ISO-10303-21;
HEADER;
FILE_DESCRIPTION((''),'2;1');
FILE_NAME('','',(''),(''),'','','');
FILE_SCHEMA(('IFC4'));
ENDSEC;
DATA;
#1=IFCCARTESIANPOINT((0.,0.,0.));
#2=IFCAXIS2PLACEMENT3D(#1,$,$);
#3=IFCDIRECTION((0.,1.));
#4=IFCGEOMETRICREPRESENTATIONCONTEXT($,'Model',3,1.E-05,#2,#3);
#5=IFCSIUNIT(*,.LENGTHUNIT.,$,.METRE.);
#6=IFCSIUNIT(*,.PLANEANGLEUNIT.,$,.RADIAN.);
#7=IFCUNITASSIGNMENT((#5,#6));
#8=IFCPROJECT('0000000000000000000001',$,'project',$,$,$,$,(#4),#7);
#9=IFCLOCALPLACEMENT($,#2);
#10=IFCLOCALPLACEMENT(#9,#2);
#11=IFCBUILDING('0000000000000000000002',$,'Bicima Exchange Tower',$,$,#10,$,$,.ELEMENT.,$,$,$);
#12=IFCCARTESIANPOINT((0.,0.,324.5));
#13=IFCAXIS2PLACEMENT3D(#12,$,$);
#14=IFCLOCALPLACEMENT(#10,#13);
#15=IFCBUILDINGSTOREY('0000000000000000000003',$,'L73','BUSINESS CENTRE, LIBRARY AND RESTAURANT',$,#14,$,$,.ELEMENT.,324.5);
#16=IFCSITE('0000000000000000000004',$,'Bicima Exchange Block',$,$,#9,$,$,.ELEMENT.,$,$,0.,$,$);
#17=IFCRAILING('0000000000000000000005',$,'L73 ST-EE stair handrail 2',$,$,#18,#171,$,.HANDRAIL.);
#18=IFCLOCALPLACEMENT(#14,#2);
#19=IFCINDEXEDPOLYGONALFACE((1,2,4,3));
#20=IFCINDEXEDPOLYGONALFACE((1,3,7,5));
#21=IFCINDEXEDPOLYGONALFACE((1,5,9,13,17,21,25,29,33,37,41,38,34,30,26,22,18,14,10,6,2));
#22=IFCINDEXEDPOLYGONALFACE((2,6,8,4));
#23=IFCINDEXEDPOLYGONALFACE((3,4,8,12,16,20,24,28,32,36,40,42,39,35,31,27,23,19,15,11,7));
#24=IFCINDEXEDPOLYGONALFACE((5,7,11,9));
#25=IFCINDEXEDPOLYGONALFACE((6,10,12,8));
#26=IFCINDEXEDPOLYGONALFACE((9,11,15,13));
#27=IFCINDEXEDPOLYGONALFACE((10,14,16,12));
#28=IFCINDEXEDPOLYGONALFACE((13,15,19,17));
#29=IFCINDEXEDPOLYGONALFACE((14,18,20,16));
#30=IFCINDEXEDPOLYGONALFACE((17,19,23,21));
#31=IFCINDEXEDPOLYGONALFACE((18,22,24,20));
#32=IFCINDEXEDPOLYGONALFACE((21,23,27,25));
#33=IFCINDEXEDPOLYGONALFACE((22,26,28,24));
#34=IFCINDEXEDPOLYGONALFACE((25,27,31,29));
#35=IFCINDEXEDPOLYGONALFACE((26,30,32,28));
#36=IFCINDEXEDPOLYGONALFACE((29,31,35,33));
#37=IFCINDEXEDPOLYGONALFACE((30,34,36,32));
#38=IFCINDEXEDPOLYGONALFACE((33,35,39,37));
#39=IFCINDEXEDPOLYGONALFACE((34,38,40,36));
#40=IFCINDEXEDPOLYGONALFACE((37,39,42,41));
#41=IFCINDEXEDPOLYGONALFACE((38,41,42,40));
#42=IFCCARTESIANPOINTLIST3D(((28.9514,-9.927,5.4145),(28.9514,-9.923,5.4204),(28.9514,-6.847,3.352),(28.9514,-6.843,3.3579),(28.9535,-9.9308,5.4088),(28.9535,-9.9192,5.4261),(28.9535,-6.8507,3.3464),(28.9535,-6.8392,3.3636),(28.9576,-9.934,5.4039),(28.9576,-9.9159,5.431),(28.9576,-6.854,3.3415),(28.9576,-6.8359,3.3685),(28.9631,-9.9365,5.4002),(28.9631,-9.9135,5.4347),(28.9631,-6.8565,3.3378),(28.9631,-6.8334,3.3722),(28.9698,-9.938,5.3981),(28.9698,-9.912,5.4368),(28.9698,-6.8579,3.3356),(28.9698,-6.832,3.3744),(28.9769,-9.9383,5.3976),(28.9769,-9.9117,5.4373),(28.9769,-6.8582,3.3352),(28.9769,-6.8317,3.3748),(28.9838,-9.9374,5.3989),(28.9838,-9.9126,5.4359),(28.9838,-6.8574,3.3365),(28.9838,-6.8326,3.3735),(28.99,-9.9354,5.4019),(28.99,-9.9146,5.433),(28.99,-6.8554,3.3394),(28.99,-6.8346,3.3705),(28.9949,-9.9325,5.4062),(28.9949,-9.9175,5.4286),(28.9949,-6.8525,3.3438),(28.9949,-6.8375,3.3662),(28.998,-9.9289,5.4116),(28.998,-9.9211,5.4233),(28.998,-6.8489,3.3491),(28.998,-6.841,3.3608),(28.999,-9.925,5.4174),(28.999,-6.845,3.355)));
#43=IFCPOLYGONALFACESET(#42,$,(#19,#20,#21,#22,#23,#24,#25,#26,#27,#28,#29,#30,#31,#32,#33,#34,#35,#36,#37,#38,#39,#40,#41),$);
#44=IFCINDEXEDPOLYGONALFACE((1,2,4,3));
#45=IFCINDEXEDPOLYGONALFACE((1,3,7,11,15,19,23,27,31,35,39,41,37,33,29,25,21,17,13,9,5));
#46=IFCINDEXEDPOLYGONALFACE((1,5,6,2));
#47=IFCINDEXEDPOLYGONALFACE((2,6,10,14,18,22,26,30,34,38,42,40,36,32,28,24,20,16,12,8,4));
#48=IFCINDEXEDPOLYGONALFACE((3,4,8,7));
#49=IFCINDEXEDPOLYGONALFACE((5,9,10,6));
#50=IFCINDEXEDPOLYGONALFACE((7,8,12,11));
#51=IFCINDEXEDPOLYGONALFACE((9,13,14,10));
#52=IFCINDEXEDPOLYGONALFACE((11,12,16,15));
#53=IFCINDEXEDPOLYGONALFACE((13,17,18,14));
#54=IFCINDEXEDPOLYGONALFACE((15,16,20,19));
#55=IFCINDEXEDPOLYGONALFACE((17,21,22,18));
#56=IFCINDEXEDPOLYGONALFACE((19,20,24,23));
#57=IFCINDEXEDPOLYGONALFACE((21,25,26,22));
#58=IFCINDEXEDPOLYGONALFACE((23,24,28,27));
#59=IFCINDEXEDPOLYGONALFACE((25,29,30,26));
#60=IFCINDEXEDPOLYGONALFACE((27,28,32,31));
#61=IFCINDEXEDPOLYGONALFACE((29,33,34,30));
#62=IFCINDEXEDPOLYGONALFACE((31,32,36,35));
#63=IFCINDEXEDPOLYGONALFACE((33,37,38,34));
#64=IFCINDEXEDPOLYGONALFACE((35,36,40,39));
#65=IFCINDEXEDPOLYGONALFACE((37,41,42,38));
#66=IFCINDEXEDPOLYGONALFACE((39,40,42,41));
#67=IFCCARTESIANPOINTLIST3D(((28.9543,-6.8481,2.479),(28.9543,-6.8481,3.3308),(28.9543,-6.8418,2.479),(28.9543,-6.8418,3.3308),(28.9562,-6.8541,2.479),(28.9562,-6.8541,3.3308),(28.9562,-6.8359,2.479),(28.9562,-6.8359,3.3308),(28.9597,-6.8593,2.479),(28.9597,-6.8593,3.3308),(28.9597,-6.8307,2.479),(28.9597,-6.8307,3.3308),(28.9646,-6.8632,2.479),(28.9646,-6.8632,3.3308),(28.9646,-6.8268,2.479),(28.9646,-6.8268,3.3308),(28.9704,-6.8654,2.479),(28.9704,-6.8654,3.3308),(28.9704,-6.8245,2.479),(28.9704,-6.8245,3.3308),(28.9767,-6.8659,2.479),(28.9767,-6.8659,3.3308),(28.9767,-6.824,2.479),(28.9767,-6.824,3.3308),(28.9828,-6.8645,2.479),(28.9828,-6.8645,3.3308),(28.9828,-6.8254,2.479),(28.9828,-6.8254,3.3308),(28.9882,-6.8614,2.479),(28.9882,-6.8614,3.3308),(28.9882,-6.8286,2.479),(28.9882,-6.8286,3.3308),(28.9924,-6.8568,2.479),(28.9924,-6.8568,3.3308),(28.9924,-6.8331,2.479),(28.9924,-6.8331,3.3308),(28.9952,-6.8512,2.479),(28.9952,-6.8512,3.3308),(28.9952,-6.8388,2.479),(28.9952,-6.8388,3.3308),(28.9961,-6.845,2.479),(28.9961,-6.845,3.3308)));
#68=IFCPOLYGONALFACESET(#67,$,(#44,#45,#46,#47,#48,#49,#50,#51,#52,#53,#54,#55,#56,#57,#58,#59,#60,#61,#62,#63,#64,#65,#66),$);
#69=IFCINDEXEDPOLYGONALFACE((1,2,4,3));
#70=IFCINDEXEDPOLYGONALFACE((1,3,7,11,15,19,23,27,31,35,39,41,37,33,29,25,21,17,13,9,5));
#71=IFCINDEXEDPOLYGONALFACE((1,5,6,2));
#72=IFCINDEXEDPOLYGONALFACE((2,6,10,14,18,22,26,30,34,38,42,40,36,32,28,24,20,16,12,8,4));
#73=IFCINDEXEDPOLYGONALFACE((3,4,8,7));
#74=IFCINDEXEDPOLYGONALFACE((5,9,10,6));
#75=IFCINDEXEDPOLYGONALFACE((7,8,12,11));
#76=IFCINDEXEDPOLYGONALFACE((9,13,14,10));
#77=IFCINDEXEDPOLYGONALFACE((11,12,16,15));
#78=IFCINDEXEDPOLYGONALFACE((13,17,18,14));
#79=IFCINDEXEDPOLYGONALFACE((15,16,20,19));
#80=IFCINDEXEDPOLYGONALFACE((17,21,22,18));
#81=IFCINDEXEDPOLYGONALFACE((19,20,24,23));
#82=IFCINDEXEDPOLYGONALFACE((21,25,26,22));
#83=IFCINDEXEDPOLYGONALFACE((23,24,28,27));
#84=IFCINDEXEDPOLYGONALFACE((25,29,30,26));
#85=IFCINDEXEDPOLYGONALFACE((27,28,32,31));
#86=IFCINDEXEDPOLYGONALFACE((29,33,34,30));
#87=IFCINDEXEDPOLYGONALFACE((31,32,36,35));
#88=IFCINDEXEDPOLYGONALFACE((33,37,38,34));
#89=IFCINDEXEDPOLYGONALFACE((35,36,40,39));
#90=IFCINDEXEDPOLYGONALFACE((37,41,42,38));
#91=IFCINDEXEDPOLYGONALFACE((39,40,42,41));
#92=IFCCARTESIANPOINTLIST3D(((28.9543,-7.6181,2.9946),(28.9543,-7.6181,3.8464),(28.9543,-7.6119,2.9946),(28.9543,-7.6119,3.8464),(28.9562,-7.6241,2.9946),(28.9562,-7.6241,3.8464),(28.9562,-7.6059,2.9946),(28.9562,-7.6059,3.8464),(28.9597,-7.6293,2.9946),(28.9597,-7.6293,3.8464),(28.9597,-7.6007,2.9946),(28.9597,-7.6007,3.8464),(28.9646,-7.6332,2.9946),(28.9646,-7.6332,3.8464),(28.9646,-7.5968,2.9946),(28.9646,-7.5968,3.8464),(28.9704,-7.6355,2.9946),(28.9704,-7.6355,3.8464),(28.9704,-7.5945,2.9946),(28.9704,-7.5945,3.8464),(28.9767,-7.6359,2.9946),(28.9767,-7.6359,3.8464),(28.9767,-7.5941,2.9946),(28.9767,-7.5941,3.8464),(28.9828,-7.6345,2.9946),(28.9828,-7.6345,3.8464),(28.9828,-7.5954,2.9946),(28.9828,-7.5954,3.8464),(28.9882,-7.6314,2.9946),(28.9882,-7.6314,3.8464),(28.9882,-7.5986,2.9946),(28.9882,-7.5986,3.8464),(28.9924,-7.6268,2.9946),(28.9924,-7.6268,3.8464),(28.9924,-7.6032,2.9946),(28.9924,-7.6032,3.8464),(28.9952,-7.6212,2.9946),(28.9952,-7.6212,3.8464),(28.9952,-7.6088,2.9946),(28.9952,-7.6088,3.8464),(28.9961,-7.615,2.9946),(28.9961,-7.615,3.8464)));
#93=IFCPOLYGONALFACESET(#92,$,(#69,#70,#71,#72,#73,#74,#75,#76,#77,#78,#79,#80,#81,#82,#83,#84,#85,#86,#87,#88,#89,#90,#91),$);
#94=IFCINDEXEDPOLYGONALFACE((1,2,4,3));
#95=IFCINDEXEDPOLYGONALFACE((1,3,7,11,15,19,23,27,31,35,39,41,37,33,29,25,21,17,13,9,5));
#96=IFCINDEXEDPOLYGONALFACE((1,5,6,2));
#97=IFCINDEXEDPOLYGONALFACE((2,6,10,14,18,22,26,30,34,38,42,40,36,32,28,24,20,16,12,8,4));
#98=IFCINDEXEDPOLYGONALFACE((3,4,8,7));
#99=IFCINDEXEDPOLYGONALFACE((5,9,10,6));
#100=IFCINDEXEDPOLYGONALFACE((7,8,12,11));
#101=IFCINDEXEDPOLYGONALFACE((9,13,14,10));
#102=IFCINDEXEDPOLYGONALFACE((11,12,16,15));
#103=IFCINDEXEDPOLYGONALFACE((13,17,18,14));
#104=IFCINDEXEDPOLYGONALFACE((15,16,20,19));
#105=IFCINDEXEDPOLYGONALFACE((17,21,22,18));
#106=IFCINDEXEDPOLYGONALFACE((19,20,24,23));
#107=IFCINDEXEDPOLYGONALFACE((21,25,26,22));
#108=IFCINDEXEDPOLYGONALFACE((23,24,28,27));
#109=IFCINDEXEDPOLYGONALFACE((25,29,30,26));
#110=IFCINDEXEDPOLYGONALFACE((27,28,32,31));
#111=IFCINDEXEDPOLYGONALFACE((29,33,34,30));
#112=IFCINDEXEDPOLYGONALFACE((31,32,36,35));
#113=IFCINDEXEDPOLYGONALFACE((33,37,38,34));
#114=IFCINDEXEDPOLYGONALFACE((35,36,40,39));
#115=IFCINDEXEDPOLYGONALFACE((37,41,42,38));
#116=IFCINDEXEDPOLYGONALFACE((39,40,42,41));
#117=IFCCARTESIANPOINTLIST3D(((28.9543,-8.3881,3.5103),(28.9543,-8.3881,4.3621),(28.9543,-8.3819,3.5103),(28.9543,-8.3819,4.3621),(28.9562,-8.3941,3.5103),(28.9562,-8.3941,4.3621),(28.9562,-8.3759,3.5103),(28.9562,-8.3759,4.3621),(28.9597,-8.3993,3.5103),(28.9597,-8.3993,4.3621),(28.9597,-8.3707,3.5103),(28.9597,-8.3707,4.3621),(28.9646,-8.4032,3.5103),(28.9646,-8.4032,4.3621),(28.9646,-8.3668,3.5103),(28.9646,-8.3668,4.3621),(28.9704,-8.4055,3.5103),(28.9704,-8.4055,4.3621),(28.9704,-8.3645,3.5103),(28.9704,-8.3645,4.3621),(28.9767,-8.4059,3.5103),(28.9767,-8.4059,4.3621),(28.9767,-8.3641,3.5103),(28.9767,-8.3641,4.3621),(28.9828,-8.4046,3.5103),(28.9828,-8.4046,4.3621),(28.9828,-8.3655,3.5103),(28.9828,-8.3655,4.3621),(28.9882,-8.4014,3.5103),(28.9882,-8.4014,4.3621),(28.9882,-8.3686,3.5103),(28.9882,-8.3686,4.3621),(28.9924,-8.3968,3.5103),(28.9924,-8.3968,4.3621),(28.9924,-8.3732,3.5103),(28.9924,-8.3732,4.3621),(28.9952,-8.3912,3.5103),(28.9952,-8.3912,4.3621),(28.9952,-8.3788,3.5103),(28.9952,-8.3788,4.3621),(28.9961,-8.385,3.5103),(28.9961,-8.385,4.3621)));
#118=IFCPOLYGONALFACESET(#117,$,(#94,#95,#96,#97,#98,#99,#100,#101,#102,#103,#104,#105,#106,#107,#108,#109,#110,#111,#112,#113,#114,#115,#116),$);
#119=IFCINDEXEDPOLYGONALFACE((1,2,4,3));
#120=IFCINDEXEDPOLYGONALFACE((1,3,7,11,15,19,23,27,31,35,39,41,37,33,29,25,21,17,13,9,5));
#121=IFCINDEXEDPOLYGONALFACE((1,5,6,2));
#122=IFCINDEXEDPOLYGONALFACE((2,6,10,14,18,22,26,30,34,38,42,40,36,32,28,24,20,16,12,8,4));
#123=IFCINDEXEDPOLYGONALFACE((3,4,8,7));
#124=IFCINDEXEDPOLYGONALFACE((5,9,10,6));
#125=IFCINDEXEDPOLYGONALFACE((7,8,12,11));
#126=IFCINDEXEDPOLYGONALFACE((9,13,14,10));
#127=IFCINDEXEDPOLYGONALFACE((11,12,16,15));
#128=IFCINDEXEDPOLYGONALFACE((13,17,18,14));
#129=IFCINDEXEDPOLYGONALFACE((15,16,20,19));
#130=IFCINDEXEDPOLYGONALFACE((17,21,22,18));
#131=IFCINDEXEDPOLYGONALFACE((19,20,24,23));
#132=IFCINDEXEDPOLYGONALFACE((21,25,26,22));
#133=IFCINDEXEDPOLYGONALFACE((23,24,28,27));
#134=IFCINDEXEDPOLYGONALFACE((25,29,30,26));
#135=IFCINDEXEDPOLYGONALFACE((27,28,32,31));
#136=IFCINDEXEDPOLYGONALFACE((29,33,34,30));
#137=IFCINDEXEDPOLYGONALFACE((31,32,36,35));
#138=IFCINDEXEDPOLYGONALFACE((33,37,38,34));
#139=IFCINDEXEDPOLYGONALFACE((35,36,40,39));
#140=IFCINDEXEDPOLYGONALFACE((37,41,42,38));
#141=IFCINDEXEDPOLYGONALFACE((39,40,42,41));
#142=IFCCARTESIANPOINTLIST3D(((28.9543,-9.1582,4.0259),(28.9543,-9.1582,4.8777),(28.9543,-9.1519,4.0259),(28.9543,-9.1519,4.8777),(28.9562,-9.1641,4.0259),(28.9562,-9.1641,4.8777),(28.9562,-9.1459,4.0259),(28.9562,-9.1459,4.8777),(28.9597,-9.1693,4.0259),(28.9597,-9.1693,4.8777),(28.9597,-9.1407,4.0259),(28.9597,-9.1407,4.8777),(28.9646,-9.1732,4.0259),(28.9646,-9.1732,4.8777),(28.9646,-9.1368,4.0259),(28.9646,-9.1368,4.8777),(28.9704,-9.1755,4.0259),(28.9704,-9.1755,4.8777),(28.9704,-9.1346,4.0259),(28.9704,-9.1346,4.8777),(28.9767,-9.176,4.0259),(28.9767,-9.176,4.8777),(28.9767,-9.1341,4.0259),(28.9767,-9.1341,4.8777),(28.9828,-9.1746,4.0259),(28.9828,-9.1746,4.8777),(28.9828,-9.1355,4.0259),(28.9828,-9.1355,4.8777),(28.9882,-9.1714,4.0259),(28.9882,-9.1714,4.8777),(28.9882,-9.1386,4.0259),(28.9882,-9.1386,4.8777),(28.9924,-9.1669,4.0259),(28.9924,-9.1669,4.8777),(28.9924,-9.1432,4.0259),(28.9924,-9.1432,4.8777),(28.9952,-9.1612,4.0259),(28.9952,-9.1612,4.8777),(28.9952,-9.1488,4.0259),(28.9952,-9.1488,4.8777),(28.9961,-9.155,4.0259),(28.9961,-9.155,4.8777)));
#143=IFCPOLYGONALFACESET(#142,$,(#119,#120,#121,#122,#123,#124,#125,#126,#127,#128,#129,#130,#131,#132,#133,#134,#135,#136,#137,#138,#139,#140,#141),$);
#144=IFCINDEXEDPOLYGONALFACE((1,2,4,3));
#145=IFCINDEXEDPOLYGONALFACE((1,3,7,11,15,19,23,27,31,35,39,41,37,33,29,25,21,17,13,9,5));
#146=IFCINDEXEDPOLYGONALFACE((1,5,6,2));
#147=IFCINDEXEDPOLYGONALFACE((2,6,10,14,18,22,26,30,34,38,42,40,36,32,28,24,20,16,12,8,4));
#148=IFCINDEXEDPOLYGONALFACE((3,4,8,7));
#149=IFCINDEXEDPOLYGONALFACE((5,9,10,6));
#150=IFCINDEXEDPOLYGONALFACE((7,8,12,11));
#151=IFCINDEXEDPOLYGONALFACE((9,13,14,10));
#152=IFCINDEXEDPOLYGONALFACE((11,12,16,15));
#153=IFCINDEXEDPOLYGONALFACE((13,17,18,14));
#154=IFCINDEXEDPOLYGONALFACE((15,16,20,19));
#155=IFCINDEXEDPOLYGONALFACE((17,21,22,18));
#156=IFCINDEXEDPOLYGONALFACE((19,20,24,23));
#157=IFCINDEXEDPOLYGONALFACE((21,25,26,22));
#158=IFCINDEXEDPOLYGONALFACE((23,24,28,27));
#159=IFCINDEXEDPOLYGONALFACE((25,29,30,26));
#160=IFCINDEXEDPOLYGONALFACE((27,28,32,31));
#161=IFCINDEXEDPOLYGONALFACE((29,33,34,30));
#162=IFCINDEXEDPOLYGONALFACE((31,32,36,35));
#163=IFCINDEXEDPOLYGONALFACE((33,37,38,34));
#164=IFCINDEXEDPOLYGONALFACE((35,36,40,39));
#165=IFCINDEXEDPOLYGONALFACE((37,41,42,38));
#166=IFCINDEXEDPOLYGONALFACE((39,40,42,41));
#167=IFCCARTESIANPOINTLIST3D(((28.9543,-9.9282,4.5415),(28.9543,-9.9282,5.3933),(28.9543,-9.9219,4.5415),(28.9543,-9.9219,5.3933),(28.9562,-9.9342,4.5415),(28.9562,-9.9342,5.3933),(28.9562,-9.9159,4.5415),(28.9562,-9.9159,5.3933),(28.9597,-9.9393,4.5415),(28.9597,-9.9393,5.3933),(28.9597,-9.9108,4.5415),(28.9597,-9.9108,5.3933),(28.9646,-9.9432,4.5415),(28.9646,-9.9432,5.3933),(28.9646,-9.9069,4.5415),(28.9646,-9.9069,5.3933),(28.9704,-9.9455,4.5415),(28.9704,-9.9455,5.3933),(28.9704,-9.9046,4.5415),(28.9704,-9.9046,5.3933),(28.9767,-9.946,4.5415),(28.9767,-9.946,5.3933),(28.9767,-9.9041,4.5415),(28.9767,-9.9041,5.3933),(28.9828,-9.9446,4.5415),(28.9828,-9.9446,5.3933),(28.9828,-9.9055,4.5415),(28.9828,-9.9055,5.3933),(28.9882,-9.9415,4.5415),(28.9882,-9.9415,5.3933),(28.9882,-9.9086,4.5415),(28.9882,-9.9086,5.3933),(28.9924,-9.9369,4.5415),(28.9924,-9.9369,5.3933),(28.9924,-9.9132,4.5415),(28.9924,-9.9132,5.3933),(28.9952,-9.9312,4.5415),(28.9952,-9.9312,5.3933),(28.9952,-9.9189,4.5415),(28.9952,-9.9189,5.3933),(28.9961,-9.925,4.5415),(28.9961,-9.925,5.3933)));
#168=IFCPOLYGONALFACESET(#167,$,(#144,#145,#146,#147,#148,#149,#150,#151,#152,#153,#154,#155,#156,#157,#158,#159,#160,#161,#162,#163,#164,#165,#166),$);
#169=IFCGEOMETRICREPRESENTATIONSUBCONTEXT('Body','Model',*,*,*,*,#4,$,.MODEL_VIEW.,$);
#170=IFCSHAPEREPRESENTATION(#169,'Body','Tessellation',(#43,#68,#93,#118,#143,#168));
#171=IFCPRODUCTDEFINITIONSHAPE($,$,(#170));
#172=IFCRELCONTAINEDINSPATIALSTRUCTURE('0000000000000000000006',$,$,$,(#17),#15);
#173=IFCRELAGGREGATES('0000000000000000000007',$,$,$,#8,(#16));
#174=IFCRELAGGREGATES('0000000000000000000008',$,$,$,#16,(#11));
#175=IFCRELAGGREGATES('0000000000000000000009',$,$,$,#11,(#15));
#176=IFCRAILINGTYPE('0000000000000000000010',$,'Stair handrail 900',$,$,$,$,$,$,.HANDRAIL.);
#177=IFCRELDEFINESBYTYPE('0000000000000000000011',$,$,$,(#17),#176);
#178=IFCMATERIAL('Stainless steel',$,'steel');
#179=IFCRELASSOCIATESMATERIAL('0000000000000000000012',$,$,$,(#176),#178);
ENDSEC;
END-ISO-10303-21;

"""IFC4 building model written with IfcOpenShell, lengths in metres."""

from ifc_helpers import new_model, si_unit, direction, frame, origin, origin_2d, place, context, subcontext, project, spatial, circle, extrude, material, type_object, element, save


model = new_model("IFC4")

# Units and contexts
model_context = context("Model", 3, precision=1e-05, world=origin(), true_north=direction((0.0, 1.0)))
body_context = subcontext(model_context, "Body", "Model", "MODEL_VIEW")
ifc_project = project(units=[si_unit("LENGTHUNIT", "METRE"), si_unit("PLANEANGLEUNIT", "RADIAN")], contexts=[model_context])

# Site, building, storey
site_placement = place(None, origin())
site = spatial("IfcSite", under=ifc_project, at=site_placement, Name="Bicima Exchange Block", CompositionType="ELEMENT", RefElevation=0.0)
building_placement = place(site_placement, origin())
building = spatial("IfcBuilding", under=site, at=building_placement, Name="Bicima Exchange Tower", CompositionType="ELEMENT")
storey_placement = place(building_placement, frame((0.0, 0.0, 324.5)))
storey = spatial("IfcBuildingStorey", under=building, at=storey_placement, Name="L73", Description="BUSINESS CENTRE, LIBRARY AND RESTAURANT", CompositionType="ELEMENT", Elevation=324.5)

# Railing
ifc_material_1 = material(Name="Stainless steel", Category="steel")
railing_type_1 = type_object("IfcRailingType", Name="Stair handrail 900", PredefinedType="HANDRAIL", material=ifc_material_1)
for number, where, name in (
    (1, (28.9751, -6.845, 2.479), "L73 ST-EE stair handrail 2"),
):
    element("IfcRailing", number, at=place(storey_placement, frame(where)), inside=storey, type_object=railing_type_1, Name=name, PredefinedType="HANDRAIL", context=body_context, shape_type="SweptSolid", body=[
        extrude(circle(Radius=0.0239, at=origin_2d()), frame((0.0, 0.0, 0.876), z_axis=(0.0, -0.830914, 0.556401), x_axis=(1.0, 0.0, 0.0)), (0.0, 0.0, 1.0), 3.7068),
        extrude(circle(Radius=0.021, at=origin_2d()), origin(), (0.0, 0.0, 1.0), 0.8518),
        extrude(circle(Radius=0.021, at=origin_2d()), frame((0.0, -0.77, 0.5156)), (0.0, 0.0, 1.0), 0.8518),
        extrude(circle(Radius=0.021, at=origin_2d()), frame((0.0, -1.54, 1.0312)), (0.0, 0.0, 1.0), 0.8518),
        extrude(circle(Radius=0.021, at=origin_2d()), frame((0.0, -2.3101, 1.5469)), (0.0, 0.0, 1.0), 0.8518),
        extrude(circle(Radius=0.021, at=origin_2d()), frame((0.0, -3.0801, 2.0625)), (0.0, 0.0, 1.0), 0.8518),
    ])

save(model, "model.ifc")
